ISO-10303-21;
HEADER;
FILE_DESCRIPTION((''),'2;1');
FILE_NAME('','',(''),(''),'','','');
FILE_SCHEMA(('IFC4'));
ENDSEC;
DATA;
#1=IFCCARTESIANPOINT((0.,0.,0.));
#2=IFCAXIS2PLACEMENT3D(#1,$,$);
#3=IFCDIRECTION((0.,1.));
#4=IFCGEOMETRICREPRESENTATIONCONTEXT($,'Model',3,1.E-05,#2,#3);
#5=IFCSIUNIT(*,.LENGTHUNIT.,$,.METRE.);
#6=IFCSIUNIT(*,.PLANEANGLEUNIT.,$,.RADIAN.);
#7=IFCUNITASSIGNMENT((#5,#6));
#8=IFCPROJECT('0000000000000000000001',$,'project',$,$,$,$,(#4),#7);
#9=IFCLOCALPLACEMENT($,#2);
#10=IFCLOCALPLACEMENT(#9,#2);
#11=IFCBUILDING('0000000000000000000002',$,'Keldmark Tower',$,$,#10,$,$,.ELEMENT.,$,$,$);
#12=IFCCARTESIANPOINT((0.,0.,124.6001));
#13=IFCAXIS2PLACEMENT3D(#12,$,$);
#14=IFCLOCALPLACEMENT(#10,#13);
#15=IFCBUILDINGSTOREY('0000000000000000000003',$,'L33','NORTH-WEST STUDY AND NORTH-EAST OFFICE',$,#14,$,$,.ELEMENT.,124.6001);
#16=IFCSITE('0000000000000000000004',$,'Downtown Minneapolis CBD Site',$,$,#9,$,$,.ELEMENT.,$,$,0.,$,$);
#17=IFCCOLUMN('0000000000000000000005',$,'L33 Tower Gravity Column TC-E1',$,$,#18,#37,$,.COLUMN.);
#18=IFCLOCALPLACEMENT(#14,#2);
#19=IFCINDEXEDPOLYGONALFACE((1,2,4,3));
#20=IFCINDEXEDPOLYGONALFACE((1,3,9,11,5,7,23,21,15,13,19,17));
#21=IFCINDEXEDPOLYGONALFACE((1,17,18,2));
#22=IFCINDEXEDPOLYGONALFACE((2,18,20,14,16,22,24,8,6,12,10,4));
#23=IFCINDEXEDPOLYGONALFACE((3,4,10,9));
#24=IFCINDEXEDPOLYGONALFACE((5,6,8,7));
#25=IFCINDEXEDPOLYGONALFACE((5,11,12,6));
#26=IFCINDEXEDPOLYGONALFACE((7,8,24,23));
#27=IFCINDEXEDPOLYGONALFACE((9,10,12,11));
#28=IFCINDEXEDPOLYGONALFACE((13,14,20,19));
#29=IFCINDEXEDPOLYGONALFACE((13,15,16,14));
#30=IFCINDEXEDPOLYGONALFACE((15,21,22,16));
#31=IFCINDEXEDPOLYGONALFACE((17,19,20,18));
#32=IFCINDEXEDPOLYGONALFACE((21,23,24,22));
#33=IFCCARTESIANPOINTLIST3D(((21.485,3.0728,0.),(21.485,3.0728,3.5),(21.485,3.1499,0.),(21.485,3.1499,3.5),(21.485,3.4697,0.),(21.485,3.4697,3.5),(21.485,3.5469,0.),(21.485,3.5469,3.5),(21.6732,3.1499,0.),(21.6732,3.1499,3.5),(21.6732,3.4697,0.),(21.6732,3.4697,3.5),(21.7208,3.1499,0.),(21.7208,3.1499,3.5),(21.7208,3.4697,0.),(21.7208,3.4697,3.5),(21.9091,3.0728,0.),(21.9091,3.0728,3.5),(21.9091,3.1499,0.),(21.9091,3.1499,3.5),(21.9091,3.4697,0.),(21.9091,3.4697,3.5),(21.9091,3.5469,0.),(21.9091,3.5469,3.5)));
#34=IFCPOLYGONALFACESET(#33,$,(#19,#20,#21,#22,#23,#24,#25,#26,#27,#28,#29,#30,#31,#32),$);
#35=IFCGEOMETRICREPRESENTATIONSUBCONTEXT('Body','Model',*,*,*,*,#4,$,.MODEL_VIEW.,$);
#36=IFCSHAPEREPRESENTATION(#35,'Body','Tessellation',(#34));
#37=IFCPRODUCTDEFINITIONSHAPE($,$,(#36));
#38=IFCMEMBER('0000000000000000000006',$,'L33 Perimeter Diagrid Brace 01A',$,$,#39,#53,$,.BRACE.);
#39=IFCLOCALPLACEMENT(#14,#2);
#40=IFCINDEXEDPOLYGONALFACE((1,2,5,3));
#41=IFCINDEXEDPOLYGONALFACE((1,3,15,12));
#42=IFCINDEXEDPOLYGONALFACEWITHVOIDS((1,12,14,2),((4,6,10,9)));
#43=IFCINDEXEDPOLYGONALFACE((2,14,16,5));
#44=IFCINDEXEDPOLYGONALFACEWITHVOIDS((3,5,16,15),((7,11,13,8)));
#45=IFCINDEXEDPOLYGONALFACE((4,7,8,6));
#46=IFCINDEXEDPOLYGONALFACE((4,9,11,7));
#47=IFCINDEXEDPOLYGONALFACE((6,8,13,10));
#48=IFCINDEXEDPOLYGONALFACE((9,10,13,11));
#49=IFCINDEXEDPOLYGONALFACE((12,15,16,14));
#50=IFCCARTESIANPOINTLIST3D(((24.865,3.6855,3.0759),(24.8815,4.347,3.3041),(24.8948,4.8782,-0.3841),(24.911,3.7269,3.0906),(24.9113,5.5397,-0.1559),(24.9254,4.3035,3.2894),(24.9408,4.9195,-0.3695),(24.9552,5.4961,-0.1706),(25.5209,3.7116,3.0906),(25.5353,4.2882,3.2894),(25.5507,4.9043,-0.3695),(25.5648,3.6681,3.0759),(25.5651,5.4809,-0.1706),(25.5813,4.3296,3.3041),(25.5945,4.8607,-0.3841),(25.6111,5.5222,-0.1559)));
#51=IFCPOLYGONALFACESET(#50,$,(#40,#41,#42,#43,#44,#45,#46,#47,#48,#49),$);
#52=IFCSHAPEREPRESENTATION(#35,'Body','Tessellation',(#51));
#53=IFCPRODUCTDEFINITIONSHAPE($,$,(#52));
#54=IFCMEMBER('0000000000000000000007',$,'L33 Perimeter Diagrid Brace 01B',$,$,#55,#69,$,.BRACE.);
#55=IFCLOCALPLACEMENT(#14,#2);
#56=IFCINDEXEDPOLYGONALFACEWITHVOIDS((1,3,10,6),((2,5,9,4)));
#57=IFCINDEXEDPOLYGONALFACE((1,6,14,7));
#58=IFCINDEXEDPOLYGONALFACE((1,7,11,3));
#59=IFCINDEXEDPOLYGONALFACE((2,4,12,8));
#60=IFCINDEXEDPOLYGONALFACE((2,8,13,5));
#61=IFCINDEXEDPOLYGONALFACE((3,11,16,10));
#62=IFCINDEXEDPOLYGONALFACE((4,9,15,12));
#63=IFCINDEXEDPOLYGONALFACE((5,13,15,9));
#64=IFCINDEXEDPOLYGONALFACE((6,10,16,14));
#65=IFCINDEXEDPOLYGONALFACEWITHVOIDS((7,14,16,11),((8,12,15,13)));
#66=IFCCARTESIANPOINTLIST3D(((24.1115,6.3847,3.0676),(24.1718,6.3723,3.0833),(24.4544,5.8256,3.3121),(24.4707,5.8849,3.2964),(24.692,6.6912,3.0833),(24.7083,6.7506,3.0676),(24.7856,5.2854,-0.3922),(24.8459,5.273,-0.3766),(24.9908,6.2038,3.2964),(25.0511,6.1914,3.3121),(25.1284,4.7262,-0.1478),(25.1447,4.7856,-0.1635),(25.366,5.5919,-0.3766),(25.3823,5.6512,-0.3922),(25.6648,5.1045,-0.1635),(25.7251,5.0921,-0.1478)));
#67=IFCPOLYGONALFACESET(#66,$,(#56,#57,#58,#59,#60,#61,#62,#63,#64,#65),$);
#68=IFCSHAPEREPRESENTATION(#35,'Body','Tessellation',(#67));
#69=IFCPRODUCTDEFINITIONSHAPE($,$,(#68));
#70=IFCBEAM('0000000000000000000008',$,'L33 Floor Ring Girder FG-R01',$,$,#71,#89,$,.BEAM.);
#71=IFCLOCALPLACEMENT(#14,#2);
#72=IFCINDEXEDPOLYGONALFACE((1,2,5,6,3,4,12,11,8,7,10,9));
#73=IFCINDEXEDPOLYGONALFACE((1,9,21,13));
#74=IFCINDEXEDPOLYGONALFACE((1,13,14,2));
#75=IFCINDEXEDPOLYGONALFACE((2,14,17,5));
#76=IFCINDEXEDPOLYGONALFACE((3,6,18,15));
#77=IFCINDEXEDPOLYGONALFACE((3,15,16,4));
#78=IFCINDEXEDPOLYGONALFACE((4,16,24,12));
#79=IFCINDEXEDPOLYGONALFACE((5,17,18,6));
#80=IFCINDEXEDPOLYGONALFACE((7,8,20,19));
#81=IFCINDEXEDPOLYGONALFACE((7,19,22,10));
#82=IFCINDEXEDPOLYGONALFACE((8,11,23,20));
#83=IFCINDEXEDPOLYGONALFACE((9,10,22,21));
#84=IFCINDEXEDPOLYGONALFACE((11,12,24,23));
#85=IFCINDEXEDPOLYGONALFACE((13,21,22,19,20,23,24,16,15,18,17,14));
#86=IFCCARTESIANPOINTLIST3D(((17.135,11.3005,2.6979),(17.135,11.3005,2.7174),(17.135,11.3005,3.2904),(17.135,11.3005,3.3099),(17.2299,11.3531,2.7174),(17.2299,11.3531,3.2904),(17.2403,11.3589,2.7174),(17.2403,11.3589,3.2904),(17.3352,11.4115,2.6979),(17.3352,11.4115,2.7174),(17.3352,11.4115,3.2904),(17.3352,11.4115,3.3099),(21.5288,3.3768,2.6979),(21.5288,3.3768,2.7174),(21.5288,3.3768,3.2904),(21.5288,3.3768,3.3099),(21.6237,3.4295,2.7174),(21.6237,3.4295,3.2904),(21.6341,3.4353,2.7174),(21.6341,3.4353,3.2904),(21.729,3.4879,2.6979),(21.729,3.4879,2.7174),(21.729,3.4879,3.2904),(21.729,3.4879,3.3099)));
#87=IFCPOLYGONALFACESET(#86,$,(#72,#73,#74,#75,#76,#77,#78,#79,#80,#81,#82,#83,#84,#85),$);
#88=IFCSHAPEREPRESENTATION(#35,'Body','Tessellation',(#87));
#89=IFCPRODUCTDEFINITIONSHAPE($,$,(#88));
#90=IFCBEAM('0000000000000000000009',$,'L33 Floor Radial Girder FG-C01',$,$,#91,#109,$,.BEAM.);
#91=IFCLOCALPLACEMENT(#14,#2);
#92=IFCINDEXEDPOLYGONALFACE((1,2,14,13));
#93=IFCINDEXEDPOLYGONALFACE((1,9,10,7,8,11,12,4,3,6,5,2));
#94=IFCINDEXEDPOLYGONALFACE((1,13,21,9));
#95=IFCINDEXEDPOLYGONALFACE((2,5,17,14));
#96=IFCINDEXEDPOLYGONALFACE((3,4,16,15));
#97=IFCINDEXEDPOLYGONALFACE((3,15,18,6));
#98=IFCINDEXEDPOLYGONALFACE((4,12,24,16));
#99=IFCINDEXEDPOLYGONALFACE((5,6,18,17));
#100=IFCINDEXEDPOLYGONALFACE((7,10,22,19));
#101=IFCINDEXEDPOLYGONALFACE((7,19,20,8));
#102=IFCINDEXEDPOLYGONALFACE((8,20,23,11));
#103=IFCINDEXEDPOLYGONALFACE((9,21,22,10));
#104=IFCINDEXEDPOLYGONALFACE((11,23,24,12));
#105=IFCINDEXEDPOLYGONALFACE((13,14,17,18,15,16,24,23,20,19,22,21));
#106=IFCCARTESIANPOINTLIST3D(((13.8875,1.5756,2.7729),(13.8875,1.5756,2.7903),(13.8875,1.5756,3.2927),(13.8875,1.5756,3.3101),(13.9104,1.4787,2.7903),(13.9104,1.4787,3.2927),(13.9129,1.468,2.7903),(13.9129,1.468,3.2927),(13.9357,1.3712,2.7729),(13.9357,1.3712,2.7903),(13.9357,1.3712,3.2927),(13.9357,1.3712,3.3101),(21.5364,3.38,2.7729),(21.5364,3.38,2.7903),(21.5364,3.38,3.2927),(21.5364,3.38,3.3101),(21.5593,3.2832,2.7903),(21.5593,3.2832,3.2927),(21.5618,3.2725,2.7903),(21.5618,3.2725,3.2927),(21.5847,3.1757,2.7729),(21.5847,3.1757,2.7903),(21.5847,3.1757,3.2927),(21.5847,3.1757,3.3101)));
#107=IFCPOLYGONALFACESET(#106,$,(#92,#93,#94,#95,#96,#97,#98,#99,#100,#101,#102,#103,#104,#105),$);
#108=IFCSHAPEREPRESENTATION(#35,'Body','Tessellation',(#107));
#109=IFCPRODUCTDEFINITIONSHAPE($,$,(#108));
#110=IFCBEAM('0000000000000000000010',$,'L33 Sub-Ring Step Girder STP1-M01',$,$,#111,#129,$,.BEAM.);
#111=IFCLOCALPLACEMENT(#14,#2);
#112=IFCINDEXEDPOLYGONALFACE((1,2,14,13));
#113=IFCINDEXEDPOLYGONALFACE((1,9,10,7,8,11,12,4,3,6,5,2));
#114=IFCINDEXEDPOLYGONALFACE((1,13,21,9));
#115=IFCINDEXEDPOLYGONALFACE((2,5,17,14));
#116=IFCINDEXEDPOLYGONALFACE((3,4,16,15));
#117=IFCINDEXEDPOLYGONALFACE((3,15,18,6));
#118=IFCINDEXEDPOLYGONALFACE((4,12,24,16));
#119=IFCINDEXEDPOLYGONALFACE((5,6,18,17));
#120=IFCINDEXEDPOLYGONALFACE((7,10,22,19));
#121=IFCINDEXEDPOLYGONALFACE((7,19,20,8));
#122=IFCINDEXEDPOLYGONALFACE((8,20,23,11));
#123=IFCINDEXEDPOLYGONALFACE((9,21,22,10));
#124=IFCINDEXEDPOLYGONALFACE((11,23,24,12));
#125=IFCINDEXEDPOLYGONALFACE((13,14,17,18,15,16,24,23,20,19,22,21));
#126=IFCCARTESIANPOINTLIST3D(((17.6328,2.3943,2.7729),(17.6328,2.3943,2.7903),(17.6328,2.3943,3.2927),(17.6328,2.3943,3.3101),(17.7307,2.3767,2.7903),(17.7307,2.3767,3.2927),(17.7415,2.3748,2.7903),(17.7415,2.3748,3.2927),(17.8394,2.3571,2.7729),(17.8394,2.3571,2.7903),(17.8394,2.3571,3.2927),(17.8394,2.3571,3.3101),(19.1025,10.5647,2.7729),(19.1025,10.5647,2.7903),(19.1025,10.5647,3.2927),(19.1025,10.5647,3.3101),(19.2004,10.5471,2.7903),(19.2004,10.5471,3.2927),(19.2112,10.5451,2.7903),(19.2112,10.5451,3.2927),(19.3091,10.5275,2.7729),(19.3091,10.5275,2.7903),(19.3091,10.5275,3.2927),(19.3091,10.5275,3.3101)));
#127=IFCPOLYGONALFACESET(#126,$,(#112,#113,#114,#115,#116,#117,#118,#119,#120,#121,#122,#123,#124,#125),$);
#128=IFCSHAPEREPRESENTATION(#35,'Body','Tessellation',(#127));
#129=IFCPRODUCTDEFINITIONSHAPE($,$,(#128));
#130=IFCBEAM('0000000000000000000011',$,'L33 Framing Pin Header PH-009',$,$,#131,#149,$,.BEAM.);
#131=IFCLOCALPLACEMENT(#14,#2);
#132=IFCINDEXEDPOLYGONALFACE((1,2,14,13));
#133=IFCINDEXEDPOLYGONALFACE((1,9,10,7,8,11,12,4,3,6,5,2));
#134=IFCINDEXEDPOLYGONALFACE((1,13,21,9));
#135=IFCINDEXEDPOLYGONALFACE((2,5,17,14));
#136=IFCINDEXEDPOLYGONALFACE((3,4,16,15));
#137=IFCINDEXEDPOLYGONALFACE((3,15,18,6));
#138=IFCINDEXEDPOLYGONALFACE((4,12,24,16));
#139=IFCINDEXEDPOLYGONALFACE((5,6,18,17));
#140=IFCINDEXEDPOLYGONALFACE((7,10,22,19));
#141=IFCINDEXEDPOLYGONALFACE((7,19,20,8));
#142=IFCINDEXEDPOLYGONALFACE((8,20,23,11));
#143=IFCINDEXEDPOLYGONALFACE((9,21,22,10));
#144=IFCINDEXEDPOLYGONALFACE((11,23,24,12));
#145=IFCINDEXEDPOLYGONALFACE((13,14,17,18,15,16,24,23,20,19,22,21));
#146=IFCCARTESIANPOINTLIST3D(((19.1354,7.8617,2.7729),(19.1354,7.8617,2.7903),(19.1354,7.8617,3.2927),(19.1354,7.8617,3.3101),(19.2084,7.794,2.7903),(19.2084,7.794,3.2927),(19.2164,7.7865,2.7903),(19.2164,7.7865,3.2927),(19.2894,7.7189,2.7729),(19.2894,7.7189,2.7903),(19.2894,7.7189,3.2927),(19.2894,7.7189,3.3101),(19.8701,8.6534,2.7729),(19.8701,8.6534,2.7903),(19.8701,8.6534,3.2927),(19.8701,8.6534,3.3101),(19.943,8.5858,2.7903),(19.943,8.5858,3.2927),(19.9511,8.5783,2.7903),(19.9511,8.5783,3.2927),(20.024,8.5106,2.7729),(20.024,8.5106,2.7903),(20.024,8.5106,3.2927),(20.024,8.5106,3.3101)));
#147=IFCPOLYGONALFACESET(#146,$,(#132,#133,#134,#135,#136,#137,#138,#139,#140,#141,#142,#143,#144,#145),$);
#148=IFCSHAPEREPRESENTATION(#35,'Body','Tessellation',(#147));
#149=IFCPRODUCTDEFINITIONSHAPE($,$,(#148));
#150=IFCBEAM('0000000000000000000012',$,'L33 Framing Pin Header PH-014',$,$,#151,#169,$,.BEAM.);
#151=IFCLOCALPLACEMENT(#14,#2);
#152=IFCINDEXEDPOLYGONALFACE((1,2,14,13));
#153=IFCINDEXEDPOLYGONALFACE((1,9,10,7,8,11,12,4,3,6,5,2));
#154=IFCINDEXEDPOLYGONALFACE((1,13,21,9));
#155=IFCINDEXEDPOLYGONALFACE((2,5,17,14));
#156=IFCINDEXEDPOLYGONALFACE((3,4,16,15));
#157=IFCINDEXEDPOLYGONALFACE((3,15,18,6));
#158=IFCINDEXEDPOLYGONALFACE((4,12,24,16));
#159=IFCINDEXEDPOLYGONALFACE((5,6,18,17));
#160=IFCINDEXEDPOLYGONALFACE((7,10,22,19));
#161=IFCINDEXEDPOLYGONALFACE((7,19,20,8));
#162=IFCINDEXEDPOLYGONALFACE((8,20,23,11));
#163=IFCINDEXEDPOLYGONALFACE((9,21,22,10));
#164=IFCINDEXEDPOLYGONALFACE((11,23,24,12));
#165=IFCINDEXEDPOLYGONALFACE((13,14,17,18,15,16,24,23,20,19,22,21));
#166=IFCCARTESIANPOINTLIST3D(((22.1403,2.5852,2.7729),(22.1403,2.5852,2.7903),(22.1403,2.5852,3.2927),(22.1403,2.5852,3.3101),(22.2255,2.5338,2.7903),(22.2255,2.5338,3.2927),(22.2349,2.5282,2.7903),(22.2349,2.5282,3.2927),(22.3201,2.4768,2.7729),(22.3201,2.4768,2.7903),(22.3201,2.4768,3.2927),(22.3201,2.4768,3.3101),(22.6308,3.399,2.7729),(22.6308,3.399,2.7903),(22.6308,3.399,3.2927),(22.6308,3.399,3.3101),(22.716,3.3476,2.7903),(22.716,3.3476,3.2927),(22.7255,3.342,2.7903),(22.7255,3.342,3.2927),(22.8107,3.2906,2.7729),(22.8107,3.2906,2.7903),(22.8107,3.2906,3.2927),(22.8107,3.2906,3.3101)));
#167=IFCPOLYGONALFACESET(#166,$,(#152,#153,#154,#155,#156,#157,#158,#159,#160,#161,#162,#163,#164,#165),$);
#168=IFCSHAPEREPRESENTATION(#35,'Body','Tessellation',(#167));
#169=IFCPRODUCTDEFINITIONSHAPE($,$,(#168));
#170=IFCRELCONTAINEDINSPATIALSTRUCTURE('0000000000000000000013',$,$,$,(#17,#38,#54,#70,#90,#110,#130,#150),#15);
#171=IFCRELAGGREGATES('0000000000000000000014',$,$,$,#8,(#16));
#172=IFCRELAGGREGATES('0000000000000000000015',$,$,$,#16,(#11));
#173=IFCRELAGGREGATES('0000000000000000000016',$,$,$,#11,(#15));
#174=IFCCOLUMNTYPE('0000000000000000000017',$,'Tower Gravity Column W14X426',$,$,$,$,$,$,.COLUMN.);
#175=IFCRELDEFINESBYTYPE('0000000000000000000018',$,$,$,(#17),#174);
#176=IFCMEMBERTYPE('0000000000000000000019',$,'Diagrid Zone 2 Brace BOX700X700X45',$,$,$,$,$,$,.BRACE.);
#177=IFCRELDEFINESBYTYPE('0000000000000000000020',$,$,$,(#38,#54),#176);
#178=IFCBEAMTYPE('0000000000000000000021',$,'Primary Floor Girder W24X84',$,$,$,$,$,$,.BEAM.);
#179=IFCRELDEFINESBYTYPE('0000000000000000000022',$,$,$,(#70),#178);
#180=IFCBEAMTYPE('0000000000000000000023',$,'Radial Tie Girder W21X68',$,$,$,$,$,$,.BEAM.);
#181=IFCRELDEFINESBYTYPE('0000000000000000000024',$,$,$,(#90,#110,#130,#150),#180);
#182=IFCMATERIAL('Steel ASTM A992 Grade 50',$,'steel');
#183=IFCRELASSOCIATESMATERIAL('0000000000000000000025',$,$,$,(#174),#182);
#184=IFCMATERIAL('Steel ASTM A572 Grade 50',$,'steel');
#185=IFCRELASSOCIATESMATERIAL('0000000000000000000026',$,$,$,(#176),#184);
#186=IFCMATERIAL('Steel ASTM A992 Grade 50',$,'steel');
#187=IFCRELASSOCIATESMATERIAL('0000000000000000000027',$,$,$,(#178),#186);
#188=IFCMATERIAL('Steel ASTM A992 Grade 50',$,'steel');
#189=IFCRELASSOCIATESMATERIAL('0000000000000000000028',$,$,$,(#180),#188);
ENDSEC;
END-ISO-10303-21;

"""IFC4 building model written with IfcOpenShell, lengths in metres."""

from ifc_helpers import new_model, si_unit, direction, frame, origin, origin_2d, place, context, subcontext, project, spatial, hollow_rectangle, i_section, extrude, material, material_profile, profile_set, type_object, element, save


model = new_model("IFC4")

# Units and contexts
model_context = context("Model", 3, precision=1e-05, world=origin(), true_north=direction((0.0, 1.0)))
body_context = subcontext(model_context, "Body", "Model", "MODEL_VIEW")
ifc_project = project(units=[si_unit("LENGTHUNIT", "METRE"), si_unit("PLANEANGLEUNIT", "RADIAN")], contexts=[model_context])

# Site, building, storey
site_placement = place(None, origin())
site = spatial("IfcSite", under=ifc_project, at=site_placement, Name="Downtown Minneapolis CBD Site", CompositionType="ELEMENT", RefElevation=0.0)
building_placement = place(site_placement, origin())
building = spatial("IfcBuilding", under=site, at=building_placement, Name="Keldmark Tower", CompositionType="ELEMENT")
storey_placement = place(building_placement, frame((0.0, 0.0, 124.6001)))
storey = spatial("IfcBuildingStorey", under=building, at=storey_placement, Name="L33", Description="NORTH-WEST STUDY AND NORTH-EAST OFFICE", CompositionType="ELEMENT", Elevation=124.6001)

# Column
ifc_material_1 = material(Name="Steel ASTM A992 Grade 50", Category="steel")
ifc_material_profile_1 = material_profile(ifc_material_1, i_section(OverallWidth=0.4241, OverallDepth=0.4741, WebThickness=0.0476, FlangeThickness=0.0771, at=origin_2d()), Name="W14X426")
ifc_profile_set_1 = profile_set([ifc_material_profile_1], Name="Steel ASTM A992 Grade 50")
column_type = type_object("IfcColumnType", Name="Tower Gravity Column W14X426", PredefinedType="COLUMN", material=ifc_profile_set_1)
column_placement = place(storey_placement, frame((21.697, 3.3098, 0.0), z_axis=(0.0, 0.0, 1.0), x_axis=(1.0, 0.0, 0.0)))
element("IfcColumn", 1, at=column_placement, inside=storey, type_object=column_type, Name="L33 Tower Gravity Column TC-E1", PredefinedType="COLUMN", context=body_context, shape_type="SweptSolid", body=[
    extrude(i_section(OverallWidth=0.4241, OverallDepth=0.4741, WebThickness=0.0476, FlangeThickness=0.0771, at=origin_2d()), origin(), (0.0, 0.0, 1.0), 3.5),
])

# Members
ifc_material_2 = material(Name="Steel ASTM A572 Grade 50", Category="steel")
ifc_material_profile_2 = material_profile(ifc_material_2, hollow_rectangle(XDim=0.7, YDim=0.7, WallThickness=0.0449, at=origin_2d()), Name="BOX700X700X45")
ifc_profile_set_2 = profile_set([ifc_material_profile_2], Name="Steel ASTM A572 Grade 50")
member_type = type_object("IfcMemberType", Name="Diagrid Zone 2 Brace BOX700X700X45", PredefinedType="BRACE", material=ifc_profile_set_2)
member_1_placement = place(storey_placement, frame((25.2529, 5.2002, -0.27), z_axis=(-0.008138, -0.325867, 0.945381), x_axis=(0.999688, -0.024967, 0.0)))
element("IfcMember", 2, at=member_1_placement, inside=storey, type_object=member_type, Name="L33 Perimeter Diagrid Brace 01A", PredefinedType="BRACE", context=body_context, shape_type="SweptSolid", body=[
    extrude(hollow_rectangle(XDim=0.7, YDim=0.7, WallThickness=0.0449, at=origin_2d()), origin(), (0.0, 0.0, 1.0), 3.6599),
])
member_2_placement = place(storey_placement, frame((25.2554, 5.1887, -0.27), z_axis=(-0.182553, 0.297732, 0.937033), x_axis=(-0.852509, -0.522713, 0.0)))
element("IfcMember", 3, at=member_2_placement, inside=storey, type_object=member_type, Name="L33 Perimeter Diagrid Brace 01B", PredefinedType="BRACE", context=body_context, shape_type="SweptSolid", body=[
    extrude(hollow_rectangle(XDim=0.7, YDim=0.7, WallThickness=0.0449, at=origin_2d()), origin(), (0.0, 0.0, 1.0), 3.6924),
])

# Beams
ifc_material_3 = material(Name="Steel ASTM A992 Grade 50", Category="steel")
ifc_material_profile_3 = material_profile(ifc_material_3, i_section(OverallWidth=0.229, OverallDepth=0.6121, WebThickness=0.012, FlangeThickness=0.0195, at=origin_2d()), Name="W24X84")
ifc_profile_set_3 = profile_set([ifc_material_profile_3], Name="Steel ASTM A992 Grade 50")
beam_type_1 = type_object("IfcBeamType", Name="Primary Floor Girder W24X84", PredefinedType="BEAM", material=ifc_profile_set_3)
beam_1_placement = place(storey_placement, frame((21.6289, 3.4324, 3.0039), z_axis=(-0.484952, 0.874541, 0.0), x_axis=(-0.874541, -0.484952, 0.0)))
element("IfcBeam", 4, at=beam_1_placement, inside=storey, type_object=beam_type_1, Name="L33 Floor Ring Girder FG-R01", PredefinedType="BEAM", context=body_context, shape_type="SweptSolid", body=[
    extrude(i_section(OverallWidth=0.229, OverallDepth=0.6121, WebThickness=0.012, FlangeThickness=0.0195, at=origin_2d()), origin(), (0.0, 0.0, 1.0), 9.0603),
])
ifc_material_4 = material(Name="Steel ASTM A992 Grade 50", Category="steel")
ifc_material_profile_4 = material_profile(ifc_material_4, i_section(OverallWidth=0.21, OverallDepth=0.5371, WebThickness=0.011, FlangeThickness=0.0173, at=origin_2d()), Name="W21X68")
ifc_profile_set_4 = profile_set([ifc_material_profile_4], Name="Steel ASTM A992 Grade 50")
beam_type_2 = type_object("IfcBeamType", Name="Radial Tie Girder W21X68", PredefinedType="BEAM", material=ifc_profile_set_4)
beam_2_placement = place(storey_placement, frame((21.5605, 3.2778, 3.0415), z_axis=(-0.973284, -0.229606, 0.0), x_axis=(0.229606, -0.973284, 0.0)))
element("IfcBeam", 5, at=beam_2_placement, inside=storey, type_object=beam_type_2, Name="L33 Floor Radial Girder FG-C01", PredefinedType="BEAM", context=body_context, shape_type="SweptSolid", body=[
    extrude(i_section(OverallWidth=0.21, OverallDepth=0.5371, WebThickness=0.011, FlangeThickness=0.0173, at=origin_2d()), origin(), (0.0, 0.0, 1.0), 7.8589),
])
beam_3_placement = place(storey_placement, frame((17.7361, 2.3757, 3.0415), z_axis=(0.177042, 0.984203, 0.0), x_axis=(-0.984203, 0.177042, 0.0)))
element("IfcBeam", 6, at=beam_3_placement, inside=storey, type_object=beam_type_2, Name="L33 Sub-Ring Step Girder STP1-M01", PredefinedType="BEAM", context=body_context, shape_type="SweptSolid", body=[
    extrude(i_section(OverallWidth=0.21, OverallDepth=0.5371, WebThickness=0.011, FlangeThickness=0.0173, at=origin_2d()), origin(), (0.0, 0.0, 1.0), 8.3015),
])
beam_4_placement = place(storey_placement, frame((19.2124, 7.7903, 3.0415), z_axis=(0.680165, 0.733059, 0.0), x_axis=(-0.733059, 0.680165, 0.0)))
element("IfcBeam", 7, at=beam_4_placement, inside=storey, type_object=beam_type_2, Name="L33 Framing Pin Header PH-009", PredefinedType="BEAM", context=body_context, shape_type="SweptSolid", body=[
    extrude(i_section(OverallWidth=0.21, OverallDepth=0.5371, WebThickness=0.011, FlangeThickness=0.0173, at=origin_2d()), origin(), (0.0, 0.0, 1.0), 1.0801),
])
beam_5_placement = place(storey_placement, frame((22.2302, 2.531, 3.0415), z_axis=(0.516233, 0.856448, 0.0), x_axis=(-0.856448, 0.516233, 0.0)))
element("IfcBeam", 8, at=beam_5_placement, inside=storey, type_object=beam_type_2, Name="L33 Framing Pin Header PH-014", PredefinedType="BEAM", context=body_context, shape_type="SweptSolid", body=[
    extrude(i_section(OverallWidth=0.21, OverallDepth=0.5371, WebThickness=0.011, FlangeThickness=0.0173, at=origin_2d()), origin(), (0.0, 0.0, 1.0), 0.9502),
])

save(model, "model.ifc")
